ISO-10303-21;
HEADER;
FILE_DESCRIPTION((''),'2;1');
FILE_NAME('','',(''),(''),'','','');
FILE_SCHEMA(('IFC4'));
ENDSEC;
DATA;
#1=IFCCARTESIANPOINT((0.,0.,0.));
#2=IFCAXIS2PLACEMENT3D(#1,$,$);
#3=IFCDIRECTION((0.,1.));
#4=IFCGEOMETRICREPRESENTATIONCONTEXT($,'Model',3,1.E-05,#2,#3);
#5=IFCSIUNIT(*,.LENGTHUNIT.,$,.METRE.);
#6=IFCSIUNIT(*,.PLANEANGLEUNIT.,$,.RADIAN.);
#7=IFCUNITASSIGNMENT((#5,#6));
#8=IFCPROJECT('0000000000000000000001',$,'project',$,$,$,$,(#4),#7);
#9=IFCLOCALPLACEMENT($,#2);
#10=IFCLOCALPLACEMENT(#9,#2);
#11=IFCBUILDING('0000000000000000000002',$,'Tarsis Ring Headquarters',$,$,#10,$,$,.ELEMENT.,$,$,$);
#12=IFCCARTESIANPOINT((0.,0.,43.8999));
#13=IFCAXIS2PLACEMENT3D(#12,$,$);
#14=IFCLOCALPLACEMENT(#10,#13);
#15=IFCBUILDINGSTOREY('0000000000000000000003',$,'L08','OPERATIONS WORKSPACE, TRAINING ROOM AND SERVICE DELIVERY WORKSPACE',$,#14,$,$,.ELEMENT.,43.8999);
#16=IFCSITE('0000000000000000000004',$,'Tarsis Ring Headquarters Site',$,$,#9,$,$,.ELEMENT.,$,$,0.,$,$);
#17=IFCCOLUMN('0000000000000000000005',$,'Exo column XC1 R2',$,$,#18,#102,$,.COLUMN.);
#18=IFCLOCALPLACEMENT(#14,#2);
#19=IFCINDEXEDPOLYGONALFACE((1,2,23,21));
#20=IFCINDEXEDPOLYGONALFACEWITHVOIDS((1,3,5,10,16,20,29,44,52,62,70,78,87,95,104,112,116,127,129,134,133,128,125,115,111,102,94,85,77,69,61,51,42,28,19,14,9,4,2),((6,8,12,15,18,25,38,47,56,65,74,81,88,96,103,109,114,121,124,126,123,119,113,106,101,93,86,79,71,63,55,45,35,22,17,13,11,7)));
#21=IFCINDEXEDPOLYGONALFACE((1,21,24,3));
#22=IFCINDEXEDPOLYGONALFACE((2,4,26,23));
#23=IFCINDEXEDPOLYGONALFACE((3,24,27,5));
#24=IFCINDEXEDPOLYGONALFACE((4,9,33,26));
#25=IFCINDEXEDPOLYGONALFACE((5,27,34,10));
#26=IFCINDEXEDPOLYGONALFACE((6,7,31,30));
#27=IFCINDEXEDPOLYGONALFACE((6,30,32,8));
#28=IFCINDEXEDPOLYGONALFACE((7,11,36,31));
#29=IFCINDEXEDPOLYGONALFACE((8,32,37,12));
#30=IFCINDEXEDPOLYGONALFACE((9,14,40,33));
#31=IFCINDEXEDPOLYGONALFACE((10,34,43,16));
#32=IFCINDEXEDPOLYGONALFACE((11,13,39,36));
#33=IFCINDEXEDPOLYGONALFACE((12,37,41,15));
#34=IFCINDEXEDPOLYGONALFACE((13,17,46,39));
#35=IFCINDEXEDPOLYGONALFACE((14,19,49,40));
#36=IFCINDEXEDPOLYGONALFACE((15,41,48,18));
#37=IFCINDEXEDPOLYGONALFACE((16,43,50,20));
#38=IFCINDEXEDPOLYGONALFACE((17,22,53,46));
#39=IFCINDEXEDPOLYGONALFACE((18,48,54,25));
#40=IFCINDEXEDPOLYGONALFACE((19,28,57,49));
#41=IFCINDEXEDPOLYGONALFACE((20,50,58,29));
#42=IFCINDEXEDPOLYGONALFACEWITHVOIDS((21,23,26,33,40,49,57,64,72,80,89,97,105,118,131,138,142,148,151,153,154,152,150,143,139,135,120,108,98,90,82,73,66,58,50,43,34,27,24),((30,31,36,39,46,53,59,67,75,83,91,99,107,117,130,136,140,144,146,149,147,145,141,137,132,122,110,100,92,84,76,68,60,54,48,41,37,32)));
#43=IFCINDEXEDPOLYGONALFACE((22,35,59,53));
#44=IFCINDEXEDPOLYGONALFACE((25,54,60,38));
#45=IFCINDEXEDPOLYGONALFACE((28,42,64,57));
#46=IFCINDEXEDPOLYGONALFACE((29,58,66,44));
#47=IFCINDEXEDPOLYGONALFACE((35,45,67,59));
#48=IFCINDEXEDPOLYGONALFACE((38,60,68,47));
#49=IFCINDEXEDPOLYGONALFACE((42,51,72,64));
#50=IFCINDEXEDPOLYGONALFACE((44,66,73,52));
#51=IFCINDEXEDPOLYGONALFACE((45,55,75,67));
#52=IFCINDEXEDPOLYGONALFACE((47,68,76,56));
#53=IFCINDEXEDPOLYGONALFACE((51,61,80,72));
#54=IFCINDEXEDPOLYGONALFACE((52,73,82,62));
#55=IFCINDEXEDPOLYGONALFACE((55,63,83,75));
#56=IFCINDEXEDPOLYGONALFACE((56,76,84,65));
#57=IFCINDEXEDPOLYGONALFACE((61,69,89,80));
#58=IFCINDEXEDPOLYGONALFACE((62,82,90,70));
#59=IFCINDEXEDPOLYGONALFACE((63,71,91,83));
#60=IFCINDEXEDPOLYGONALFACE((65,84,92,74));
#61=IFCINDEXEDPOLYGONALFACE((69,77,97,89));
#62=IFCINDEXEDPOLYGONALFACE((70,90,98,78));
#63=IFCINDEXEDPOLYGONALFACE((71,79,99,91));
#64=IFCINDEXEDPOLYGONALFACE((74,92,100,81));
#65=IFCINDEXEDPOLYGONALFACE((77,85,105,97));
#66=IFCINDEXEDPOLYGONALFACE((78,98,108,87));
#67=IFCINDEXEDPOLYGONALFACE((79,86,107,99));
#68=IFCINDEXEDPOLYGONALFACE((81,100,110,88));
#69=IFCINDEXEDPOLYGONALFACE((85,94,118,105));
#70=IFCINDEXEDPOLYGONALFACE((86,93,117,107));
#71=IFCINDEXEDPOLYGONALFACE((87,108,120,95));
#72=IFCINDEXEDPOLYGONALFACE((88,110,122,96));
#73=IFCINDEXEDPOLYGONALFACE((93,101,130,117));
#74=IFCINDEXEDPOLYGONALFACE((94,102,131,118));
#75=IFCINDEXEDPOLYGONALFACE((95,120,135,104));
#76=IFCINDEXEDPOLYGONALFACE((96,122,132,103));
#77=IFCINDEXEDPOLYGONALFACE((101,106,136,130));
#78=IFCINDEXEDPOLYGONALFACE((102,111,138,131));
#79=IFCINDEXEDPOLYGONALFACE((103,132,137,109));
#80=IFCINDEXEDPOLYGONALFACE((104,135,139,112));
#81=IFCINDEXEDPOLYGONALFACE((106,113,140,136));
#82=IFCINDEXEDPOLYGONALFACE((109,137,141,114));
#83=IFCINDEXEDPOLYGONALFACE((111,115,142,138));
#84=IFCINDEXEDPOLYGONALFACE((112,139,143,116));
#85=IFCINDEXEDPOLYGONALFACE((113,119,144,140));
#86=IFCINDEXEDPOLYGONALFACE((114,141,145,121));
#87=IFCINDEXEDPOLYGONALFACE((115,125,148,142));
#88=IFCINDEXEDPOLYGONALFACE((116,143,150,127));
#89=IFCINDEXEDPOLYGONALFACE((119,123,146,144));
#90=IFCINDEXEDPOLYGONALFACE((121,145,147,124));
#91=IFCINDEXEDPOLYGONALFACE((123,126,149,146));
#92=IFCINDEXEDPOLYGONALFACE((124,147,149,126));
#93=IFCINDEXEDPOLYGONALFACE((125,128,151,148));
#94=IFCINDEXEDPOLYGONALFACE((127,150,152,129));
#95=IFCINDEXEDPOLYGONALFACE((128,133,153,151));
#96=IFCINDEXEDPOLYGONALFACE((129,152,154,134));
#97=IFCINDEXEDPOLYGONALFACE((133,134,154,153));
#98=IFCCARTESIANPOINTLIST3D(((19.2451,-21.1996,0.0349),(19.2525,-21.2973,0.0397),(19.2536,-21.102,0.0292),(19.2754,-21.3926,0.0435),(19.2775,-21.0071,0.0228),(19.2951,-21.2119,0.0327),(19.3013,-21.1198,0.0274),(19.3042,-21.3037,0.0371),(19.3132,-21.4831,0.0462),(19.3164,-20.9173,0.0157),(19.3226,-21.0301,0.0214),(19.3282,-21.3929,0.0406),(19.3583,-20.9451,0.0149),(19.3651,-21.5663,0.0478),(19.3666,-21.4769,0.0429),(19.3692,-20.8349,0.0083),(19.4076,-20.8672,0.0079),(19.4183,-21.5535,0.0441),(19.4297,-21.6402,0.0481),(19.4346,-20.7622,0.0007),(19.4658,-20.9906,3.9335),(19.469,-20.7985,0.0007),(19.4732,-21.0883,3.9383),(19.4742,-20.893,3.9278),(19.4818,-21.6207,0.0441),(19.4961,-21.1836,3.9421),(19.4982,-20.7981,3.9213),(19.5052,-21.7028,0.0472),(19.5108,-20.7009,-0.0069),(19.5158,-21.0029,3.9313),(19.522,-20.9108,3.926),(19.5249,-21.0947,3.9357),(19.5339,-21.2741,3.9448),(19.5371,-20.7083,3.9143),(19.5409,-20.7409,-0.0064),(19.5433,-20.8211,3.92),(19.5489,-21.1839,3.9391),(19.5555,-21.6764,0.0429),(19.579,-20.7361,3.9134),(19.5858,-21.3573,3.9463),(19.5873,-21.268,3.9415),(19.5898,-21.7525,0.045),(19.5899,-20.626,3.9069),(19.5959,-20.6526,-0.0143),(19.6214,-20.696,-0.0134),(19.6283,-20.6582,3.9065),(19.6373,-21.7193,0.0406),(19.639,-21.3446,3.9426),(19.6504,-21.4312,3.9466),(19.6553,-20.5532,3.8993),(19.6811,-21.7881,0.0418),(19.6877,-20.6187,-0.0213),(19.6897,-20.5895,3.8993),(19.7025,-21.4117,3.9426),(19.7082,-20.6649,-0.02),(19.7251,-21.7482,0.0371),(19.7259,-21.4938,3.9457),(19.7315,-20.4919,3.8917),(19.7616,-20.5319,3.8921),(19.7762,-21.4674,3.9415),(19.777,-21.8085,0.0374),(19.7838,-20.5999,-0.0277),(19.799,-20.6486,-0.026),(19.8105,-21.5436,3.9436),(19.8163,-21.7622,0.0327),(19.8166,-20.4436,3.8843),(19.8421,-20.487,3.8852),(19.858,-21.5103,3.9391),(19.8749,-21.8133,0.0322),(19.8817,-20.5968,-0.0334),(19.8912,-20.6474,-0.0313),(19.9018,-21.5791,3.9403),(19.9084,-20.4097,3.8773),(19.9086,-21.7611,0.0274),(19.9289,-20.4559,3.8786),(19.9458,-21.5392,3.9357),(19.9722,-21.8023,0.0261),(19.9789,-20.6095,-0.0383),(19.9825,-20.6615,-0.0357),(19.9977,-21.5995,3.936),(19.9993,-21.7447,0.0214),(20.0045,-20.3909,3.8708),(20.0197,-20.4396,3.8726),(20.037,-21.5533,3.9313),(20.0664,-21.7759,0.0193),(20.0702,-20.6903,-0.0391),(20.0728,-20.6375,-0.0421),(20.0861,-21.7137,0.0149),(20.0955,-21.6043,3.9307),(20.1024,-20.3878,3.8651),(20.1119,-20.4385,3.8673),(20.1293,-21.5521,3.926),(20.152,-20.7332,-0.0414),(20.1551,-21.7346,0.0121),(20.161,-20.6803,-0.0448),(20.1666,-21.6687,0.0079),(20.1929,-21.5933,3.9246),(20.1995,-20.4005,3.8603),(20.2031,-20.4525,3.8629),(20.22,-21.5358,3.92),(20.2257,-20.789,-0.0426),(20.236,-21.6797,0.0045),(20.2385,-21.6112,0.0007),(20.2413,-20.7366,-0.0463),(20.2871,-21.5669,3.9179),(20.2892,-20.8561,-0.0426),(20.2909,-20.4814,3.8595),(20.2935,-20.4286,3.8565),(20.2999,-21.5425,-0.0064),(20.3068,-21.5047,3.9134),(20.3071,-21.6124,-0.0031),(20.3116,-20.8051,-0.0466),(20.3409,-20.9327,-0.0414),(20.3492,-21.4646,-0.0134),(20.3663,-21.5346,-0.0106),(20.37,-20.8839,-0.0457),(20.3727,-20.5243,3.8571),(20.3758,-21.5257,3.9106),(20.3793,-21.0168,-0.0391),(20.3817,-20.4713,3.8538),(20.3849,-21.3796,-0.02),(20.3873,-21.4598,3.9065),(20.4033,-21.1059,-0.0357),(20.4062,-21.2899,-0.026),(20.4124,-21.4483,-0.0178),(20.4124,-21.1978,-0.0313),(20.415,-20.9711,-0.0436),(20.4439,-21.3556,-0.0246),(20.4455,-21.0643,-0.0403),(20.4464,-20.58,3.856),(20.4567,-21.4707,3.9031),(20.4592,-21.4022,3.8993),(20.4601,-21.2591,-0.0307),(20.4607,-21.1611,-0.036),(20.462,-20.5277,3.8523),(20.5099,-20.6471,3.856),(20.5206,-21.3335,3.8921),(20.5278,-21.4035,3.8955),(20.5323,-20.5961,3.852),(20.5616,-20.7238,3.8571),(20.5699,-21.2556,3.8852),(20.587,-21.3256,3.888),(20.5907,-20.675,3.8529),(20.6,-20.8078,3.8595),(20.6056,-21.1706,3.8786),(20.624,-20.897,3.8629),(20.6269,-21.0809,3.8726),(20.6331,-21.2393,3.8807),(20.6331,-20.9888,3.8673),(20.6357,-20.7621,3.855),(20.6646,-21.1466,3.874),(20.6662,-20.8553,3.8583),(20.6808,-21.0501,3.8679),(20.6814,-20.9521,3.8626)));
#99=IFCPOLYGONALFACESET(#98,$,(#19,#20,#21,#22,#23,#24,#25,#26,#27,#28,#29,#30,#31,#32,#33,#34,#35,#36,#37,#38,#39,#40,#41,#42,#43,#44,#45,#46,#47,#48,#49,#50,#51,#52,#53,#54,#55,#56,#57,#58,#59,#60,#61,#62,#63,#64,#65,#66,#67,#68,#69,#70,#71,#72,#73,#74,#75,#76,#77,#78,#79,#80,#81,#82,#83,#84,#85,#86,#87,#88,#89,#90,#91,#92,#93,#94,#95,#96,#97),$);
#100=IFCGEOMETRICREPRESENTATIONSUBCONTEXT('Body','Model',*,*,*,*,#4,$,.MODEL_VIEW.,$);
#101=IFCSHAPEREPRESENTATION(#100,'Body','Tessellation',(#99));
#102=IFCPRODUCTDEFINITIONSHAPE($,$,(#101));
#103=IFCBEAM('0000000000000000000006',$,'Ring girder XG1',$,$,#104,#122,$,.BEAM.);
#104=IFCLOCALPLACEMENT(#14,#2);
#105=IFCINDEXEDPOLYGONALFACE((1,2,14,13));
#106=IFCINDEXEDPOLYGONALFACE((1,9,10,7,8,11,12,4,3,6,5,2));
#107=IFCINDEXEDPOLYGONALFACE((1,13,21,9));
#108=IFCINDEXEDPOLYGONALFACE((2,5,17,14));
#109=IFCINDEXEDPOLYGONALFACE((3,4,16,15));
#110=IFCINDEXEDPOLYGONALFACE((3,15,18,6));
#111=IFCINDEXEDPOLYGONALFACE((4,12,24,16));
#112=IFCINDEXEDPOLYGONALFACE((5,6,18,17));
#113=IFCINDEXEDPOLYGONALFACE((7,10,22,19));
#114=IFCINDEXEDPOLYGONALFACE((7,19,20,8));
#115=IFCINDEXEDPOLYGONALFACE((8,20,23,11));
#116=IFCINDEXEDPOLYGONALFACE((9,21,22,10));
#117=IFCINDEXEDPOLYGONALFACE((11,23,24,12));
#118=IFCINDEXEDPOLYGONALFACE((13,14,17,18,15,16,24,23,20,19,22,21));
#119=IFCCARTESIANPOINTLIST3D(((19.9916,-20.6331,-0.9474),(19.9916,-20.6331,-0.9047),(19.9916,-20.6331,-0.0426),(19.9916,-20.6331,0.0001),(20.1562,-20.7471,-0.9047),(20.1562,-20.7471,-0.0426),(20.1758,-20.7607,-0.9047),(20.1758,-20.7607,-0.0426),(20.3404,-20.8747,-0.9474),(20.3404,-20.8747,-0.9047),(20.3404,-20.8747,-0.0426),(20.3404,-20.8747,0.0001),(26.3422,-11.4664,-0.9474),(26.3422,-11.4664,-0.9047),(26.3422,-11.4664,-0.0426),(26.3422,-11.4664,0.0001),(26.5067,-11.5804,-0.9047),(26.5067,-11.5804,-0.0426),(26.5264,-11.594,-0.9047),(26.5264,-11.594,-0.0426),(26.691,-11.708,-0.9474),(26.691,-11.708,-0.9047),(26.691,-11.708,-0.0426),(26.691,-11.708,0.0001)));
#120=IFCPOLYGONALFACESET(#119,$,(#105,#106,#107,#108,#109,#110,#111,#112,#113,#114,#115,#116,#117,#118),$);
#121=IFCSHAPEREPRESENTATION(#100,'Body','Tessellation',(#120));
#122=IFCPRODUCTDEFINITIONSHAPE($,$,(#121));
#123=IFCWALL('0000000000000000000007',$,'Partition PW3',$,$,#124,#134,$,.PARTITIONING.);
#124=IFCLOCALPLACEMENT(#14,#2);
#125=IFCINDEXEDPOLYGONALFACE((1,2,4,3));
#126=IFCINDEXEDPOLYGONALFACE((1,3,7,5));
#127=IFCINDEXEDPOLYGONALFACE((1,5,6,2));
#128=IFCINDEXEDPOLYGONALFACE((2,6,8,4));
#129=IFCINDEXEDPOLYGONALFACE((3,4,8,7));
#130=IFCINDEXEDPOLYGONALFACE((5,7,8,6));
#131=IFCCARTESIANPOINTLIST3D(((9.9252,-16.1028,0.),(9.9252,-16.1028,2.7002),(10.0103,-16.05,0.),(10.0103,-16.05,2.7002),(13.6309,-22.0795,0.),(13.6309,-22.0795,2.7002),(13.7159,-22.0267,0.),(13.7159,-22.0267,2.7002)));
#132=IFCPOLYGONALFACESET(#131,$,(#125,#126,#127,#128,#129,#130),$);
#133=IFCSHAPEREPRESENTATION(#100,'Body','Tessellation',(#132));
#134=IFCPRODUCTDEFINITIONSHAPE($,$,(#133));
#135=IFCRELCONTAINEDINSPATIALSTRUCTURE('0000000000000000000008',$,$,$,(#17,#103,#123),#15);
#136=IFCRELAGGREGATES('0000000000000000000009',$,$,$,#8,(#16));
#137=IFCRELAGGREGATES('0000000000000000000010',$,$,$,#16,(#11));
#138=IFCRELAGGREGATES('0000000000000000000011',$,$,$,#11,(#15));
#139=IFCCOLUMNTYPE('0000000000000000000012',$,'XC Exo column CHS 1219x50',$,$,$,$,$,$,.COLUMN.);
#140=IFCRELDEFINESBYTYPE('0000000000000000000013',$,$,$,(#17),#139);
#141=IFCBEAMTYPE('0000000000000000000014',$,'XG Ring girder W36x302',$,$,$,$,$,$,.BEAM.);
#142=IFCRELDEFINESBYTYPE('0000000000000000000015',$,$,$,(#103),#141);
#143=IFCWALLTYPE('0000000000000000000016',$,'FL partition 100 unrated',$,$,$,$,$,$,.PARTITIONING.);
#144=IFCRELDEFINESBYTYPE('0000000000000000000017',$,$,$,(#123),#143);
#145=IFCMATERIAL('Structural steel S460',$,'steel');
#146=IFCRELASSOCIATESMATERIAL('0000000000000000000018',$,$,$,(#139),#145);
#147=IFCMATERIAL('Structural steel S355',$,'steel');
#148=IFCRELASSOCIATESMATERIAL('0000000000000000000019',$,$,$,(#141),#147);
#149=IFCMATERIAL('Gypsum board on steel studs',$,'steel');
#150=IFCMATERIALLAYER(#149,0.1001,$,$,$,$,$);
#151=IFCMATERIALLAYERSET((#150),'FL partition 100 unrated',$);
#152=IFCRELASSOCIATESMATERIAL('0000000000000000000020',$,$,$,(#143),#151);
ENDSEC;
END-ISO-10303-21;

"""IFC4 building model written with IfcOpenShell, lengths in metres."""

from ifc_helpers import new_model, si_unit, direction, frame, frame_2d, origin, origin_2d, place, context, subcontext, project, spatial, rectangle, hollow_circle, i_section, extrude, material, layer, layer_set, material_profile, profile_set, type_object, element, save


model = new_model("IFC4")

# Units and contexts
model_context = context("Model", 3, precision=1e-05, world=origin(), true_north=direction((0.0, 1.0)))
body_context = subcontext(model_context, "Body", "Model", "MODEL_VIEW")
ifc_project = project(units=[si_unit("LENGTHUNIT", "METRE"), si_unit("PLANEANGLEUNIT", "RADIAN")], contexts=[model_context])

# Site, building, storey
site_placement = place(None, origin())
site = spatial("IfcSite", under=ifc_project, at=site_placement, Name="Tarsis Ring Headquarters Site", CompositionType="ELEMENT", RefElevation=0.0)
building_placement = place(site_placement, origin())
building = spatial("IfcBuilding", under=site, at=building_placement, Name="Tarsis Ring Headquarters", CompositionType="ELEMENT")
storey_placement = place(building_placement, frame((0.0, 0.0, 43.8999)))
storey = spatial("IfcBuildingStorey", under=building, at=storey_placement, Name="L08", Description="OPERATIONS WORKSPACE, TRAINING ROOM AND SERVICE DELIVERY WORKSPACE", CompositionType="ELEMENT", Elevation=43.8999)

# Column
ifc_material_1 = material(Name="Structural steel S460", Category="steel")
ifc_material_profile_1 = material_profile(ifc_material_1, hollow_circle(Radius=0.6096, WallThickness=0.05, at=origin_2d()), Name="CHS 1219x50")
ifc_profile_set_1 = profile_set([ifc_material_profile_1], Name="Structural steel S460")
column_type = type_object("IfcColumnType", Name="XC Exo column CHS 1219x50", PredefinedType="COLUMN", material=ifc_profile_set_1)
column_placement = place(storey_placement, frame((19.8538, -21.2048, 0.0007), z_axis=(0.056438, 0.053442, 0.996975), x_axis=(-0.687566, 0.726122, 0.0)))
element("IfcColumn", 1, at=column_placement, inside=storey, type_object=column_type, Name="Exo column XC1 R2", PredefinedType="COLUMN", context=body_context, shape_type="SweptSolid", body=[
    extrude(hollow_circle(Radius=0.6096, WallThickness=0.05, at=origin_2d()), origin(), (0.0, 0.0, 1.0), 3.9104),
])

# Beam
ifc_material_2 = material(Name="Structural steel S355", Category="steel")
ifc_material_profile_2 = material_profile(ifc_material_2, i_section(OverallWidth=0.4243, OverallDepth=0.9475, WebThickness=0.0239, FlangeThickness=0.0427, at=origin_2d()), Name="W36x302")
ifc_profile_set_2 = profile_set([ifc_material_profile_2], Name="Structural steel S355")
beam_type = type_object("IfcBeamType", Name="XG Ring girder W36x302", PredefinedType="BEAM", material=ifc_profile_set_2)
beam_placement = place(storey_placement, frame((20.166, -20.7539, -0.4736), z_axis=(0.569475, 0.822009, 0.0), x_axis=(-0.822009, 0.569475, 0.0)))
element("IfcBeam", 2, at=beam_placement, inside=storey, type_object=beam_type, Name="Ring girder XG1", PredefinedType="BEAM", context=body_context, shape_type="SweptSolid", body=[
    extrude(i_section(OverallWidth=0.4243, OverallDepth=0.9475, WebThickness=0.0239, FlangeThickness=0.0427, at=origin_2d()), origin(), (0.0, 0.0, 1.0), 11.1516),
])

# Wall
ifc_material_3 = material(Name="Gypsum board on steel studs", Category="steel")
ifc_layer_1 = layer(ifc_material_3, 0.1001)
ifc_layer_set_1 = layer_set([ifc_layer_1], Name="FL partition 100 unrated")
wall_type_1 = type_object("IfcWallType", Name="FL partition 100 unrated", PredefinedType="PARTITIONING", material=ifc_layer_set_1)
wall_1_placement = place(storey_placement, frame((9.9678, -16.0764, 0.0), z_axis=(0.0, 0.0, 1.0), x_axis=(0.52695, -0.849896, 0.0)))
element("IfcWall", 3, at=wall_1_placement, inside=storey, type_object=wall_type_1, Name="Partition PW3", PredefinedType="PARTITIONING", context=body_context, shape_type="SweptSolid", body=[
    extrude(rectangle(XDim=7.0322, YDim=0.1001, at=frame_2d((3.5161, 0.0))), origin(), (0.0, 0.0, 1.0), 2.7002),
])

save(model, "model.ifc")
